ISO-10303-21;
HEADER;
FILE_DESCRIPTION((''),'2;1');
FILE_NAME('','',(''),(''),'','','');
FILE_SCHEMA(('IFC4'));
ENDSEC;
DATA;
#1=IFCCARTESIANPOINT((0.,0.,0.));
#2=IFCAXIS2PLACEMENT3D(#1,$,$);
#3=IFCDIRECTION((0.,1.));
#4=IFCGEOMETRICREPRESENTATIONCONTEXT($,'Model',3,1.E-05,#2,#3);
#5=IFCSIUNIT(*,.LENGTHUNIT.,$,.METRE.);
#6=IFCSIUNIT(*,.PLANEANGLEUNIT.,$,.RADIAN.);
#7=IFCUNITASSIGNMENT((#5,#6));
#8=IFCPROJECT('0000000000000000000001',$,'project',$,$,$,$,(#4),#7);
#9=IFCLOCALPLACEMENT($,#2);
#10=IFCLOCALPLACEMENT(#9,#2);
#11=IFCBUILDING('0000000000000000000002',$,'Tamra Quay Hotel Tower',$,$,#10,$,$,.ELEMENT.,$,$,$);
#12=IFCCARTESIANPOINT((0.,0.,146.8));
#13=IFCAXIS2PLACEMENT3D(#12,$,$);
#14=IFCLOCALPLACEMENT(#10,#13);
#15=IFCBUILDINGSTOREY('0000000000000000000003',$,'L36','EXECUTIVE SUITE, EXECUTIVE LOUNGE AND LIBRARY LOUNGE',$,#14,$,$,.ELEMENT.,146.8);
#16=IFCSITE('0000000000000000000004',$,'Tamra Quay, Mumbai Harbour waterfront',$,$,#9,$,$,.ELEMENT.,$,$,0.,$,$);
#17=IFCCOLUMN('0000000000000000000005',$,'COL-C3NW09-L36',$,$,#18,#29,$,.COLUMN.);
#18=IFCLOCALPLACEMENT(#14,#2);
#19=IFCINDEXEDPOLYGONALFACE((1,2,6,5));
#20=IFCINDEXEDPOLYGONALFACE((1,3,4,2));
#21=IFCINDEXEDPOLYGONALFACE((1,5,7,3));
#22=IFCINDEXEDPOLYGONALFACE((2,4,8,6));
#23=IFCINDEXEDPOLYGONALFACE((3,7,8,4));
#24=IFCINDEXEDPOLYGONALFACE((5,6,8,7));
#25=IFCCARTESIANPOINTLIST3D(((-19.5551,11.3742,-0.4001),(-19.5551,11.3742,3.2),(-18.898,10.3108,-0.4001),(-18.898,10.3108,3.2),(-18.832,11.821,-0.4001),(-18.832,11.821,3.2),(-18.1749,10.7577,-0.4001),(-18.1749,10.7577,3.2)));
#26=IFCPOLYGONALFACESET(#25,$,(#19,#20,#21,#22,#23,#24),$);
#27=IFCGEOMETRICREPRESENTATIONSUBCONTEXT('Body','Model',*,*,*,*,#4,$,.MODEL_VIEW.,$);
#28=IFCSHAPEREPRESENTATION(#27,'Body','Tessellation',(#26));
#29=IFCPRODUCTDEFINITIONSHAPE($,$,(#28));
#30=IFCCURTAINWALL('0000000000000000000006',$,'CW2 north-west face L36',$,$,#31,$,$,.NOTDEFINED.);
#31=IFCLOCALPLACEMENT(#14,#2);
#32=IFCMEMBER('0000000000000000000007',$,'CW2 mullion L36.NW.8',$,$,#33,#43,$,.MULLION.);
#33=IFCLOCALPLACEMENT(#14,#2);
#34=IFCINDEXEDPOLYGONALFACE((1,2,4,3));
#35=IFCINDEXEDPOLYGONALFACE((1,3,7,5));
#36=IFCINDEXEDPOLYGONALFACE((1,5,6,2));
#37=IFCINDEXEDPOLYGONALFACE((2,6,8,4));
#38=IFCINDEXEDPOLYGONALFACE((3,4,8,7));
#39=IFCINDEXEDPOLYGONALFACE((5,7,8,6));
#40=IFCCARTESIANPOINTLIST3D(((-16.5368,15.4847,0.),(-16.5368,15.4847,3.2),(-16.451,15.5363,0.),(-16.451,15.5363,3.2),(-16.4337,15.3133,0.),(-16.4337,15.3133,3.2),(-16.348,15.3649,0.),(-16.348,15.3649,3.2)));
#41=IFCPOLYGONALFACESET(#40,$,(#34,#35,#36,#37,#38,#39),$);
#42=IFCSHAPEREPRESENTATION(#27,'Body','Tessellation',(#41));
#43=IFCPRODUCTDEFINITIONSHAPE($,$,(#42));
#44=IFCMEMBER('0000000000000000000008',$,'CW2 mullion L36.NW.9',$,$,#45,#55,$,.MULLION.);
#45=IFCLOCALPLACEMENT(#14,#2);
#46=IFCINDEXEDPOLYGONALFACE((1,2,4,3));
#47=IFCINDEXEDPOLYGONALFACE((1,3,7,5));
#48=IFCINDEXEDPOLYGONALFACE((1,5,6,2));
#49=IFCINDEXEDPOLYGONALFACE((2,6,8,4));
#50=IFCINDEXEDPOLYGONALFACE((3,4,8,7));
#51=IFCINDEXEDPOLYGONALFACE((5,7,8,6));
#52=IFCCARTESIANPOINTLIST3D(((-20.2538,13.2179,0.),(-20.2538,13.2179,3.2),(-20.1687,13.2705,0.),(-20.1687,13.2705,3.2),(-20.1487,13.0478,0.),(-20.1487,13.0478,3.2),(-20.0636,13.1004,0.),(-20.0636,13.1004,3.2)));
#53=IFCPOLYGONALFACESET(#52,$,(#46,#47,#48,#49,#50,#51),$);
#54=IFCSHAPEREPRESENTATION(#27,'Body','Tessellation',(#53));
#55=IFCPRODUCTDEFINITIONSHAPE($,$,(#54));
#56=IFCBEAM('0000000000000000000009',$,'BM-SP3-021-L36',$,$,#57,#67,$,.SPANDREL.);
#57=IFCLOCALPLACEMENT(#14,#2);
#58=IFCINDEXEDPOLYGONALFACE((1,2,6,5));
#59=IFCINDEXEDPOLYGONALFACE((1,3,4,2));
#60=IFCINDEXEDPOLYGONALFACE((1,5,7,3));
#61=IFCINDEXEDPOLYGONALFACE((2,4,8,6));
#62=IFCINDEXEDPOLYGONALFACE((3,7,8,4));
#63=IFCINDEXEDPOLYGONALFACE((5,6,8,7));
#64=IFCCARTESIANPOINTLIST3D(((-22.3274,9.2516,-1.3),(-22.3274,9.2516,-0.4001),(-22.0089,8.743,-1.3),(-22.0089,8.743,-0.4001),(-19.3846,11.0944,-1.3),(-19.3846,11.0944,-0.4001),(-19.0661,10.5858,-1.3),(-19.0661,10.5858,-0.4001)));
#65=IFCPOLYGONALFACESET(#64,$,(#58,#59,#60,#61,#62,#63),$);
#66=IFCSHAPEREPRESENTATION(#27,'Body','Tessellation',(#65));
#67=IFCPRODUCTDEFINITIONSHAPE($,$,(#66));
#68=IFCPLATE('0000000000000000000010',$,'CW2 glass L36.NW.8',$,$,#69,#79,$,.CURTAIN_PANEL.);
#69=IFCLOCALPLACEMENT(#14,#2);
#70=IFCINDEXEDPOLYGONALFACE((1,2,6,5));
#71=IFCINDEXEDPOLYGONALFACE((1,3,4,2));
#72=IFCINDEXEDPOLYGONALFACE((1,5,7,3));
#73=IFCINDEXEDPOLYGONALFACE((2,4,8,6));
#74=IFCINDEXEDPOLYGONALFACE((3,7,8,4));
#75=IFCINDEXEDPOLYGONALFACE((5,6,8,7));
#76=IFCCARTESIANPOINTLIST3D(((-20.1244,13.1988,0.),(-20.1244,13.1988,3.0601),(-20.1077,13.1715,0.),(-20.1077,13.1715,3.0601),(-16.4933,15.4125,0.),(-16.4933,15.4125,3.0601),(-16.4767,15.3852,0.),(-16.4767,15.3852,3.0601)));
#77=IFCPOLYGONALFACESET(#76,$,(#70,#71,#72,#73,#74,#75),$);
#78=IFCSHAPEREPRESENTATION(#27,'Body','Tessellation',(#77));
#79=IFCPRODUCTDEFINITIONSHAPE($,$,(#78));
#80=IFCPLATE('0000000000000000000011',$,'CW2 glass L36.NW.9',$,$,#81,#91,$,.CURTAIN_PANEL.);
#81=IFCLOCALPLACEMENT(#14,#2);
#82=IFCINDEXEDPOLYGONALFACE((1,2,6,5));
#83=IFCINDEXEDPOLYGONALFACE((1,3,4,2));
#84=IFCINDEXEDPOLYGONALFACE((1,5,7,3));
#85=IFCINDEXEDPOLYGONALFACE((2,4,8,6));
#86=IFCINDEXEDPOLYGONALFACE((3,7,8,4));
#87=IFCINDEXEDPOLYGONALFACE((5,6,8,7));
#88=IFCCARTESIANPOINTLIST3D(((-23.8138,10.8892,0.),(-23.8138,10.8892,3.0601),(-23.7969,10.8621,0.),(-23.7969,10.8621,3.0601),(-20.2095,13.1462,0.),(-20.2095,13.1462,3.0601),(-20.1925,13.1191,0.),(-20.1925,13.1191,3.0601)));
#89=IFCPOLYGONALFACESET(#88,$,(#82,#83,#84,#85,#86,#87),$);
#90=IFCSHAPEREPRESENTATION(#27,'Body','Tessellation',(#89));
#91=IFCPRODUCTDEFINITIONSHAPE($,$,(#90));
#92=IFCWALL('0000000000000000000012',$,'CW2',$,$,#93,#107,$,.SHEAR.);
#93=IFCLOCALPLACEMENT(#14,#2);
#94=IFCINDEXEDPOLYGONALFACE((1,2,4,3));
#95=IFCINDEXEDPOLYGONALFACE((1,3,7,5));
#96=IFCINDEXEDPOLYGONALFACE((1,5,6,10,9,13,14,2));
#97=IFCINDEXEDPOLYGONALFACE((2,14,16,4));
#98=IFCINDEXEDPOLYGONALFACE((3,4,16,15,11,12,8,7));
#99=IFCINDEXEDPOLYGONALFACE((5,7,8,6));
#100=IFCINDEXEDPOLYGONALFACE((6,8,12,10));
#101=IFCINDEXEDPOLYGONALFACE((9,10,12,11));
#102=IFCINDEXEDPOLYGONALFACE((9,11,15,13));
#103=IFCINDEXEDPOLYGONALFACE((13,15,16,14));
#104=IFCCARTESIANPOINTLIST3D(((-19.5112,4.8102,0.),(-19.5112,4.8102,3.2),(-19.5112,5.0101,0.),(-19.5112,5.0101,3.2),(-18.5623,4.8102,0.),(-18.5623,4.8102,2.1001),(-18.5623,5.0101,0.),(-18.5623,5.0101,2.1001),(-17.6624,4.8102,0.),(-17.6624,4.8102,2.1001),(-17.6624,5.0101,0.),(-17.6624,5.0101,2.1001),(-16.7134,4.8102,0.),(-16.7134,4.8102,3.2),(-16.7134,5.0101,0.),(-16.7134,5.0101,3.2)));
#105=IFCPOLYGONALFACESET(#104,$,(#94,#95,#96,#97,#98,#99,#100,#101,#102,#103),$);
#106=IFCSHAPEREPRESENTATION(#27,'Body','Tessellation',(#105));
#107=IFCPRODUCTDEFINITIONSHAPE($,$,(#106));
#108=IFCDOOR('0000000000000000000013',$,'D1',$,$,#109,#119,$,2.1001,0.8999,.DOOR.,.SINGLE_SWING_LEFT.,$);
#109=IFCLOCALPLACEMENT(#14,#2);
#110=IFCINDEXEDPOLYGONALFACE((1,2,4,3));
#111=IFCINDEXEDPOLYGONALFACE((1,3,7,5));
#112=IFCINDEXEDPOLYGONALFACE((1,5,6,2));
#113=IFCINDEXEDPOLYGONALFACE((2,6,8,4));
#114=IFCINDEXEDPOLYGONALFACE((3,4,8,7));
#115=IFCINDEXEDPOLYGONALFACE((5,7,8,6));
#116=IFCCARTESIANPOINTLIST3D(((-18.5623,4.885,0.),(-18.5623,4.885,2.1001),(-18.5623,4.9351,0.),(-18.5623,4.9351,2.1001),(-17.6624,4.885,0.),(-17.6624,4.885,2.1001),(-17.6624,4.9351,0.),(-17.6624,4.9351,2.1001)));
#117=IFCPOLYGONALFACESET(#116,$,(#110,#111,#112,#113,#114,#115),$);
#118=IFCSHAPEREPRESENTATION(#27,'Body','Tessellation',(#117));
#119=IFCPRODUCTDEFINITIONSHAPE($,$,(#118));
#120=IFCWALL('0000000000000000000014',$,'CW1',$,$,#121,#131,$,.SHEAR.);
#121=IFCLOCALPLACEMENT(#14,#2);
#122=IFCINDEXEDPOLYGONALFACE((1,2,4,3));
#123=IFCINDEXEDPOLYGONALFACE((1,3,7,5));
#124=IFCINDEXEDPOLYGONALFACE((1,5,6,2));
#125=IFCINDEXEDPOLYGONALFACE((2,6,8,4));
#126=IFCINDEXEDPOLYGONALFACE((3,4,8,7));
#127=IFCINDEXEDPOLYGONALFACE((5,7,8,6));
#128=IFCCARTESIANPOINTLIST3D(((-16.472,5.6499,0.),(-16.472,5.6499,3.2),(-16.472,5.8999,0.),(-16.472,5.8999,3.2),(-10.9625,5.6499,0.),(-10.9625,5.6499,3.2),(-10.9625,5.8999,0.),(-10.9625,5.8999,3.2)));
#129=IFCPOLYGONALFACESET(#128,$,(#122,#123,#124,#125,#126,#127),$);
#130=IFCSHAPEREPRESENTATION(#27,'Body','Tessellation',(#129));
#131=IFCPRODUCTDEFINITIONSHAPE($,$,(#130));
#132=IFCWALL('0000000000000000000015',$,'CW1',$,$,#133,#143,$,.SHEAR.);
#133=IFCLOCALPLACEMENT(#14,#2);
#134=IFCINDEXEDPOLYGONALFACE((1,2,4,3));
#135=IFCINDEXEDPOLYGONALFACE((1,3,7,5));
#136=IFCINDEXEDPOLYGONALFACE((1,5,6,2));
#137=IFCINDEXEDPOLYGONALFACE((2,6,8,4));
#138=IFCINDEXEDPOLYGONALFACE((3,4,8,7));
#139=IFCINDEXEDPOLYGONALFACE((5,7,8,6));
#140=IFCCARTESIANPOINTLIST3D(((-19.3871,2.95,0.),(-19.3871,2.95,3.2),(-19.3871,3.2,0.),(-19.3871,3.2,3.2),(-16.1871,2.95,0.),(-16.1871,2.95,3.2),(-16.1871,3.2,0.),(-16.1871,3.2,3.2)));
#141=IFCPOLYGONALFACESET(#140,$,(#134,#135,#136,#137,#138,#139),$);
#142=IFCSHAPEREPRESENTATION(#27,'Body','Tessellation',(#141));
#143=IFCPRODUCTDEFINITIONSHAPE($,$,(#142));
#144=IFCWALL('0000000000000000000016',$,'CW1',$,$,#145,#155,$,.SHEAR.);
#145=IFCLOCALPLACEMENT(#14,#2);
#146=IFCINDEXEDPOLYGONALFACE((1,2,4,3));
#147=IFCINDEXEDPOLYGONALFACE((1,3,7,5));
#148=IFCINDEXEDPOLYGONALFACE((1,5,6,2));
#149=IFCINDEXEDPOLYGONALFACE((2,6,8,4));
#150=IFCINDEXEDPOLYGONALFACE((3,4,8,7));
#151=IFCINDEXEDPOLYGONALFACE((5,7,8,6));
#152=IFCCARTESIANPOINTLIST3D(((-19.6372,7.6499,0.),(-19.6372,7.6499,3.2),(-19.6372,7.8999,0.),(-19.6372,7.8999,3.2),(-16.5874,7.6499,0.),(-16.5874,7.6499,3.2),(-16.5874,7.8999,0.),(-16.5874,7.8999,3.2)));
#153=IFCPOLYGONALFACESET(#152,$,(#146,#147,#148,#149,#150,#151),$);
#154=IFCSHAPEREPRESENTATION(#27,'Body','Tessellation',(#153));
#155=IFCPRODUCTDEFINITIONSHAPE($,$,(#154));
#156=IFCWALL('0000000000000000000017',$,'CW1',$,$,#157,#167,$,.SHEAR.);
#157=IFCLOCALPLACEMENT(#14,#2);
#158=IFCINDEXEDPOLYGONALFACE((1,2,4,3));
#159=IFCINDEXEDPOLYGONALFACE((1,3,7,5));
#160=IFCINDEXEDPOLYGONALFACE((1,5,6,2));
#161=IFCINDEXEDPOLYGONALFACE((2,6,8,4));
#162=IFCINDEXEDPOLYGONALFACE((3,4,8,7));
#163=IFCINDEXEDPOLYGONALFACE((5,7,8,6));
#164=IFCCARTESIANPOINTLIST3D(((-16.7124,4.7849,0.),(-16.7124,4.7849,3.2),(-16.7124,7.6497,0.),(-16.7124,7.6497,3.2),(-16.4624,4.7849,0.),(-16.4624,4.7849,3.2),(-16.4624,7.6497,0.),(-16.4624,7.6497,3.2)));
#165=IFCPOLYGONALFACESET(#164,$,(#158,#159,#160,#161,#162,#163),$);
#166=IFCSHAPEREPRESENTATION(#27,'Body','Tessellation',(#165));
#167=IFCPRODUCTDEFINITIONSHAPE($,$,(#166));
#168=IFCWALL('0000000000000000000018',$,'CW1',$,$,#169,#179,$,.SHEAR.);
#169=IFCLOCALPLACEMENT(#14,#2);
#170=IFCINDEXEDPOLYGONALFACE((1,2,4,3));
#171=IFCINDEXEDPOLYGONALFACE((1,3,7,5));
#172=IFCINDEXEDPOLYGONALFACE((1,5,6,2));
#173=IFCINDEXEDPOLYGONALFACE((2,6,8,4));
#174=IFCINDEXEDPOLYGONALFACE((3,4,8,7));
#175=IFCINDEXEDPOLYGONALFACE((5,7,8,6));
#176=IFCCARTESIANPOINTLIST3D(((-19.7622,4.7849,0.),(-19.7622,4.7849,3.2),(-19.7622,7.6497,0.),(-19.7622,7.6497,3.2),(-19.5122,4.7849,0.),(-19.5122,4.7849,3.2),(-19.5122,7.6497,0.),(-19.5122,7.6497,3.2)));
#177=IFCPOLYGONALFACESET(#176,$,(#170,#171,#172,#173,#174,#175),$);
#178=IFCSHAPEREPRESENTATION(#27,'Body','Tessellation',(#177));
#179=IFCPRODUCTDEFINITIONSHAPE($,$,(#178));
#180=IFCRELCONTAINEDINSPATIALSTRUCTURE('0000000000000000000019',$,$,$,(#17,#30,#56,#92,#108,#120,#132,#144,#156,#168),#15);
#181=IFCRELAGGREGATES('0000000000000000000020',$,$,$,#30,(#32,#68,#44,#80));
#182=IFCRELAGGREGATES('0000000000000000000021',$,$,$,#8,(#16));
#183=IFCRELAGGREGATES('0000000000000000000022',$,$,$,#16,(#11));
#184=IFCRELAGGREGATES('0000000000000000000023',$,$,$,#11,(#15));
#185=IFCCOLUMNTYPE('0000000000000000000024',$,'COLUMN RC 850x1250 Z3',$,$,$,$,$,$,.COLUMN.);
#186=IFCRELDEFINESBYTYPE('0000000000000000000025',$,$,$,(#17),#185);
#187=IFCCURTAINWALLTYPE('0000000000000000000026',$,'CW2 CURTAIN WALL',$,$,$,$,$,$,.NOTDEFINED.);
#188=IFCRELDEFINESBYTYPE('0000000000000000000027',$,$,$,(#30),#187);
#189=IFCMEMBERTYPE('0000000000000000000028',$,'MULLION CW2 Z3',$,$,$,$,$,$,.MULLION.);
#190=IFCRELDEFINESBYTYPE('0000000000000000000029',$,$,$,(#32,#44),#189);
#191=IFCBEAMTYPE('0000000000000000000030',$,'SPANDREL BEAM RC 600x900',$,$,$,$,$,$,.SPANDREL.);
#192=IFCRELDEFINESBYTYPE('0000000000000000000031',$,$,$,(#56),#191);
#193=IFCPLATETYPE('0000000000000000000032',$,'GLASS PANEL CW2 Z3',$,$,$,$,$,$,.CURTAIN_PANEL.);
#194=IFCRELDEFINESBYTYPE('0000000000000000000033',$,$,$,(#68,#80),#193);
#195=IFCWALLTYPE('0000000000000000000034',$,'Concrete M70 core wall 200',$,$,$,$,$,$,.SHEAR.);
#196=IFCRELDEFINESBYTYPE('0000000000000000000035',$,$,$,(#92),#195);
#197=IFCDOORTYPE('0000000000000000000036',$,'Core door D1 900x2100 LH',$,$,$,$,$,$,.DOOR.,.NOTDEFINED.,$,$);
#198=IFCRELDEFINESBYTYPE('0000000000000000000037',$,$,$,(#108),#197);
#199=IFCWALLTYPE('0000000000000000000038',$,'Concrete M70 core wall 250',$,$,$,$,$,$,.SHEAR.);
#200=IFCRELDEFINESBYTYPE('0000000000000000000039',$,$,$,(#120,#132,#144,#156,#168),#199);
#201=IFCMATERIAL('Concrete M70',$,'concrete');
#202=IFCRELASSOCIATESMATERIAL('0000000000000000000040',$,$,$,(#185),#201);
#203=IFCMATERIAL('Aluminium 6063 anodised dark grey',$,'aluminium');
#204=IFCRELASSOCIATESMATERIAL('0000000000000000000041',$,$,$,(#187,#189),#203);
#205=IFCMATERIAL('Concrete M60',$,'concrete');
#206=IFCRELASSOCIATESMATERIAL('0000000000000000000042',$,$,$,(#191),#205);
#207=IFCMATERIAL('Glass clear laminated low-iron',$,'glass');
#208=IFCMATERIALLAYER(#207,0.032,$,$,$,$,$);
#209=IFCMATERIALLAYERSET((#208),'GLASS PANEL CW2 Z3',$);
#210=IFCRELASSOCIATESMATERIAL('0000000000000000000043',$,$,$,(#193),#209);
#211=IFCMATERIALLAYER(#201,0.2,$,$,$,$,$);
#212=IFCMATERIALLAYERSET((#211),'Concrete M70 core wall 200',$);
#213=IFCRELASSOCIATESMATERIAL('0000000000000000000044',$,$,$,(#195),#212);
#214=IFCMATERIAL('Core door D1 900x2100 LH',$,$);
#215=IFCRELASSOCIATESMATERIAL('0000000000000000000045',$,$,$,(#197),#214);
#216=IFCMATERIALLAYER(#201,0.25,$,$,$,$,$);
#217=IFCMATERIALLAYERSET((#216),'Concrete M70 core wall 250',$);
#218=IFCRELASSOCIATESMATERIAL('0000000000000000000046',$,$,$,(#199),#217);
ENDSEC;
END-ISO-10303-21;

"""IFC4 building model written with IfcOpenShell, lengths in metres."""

from ifc_helpers import new_model, si_unit, direction, frame, frame_2d, origin, origin_2d, place, context, subcontext, project, spatial, rectangle, extrude, material, layer, layer_set, material_profile, profile_set, type_object, element, fill, aggregate, save


model = new_model("IFC4")

# Units and contexts
model_context = context("Model", 3, precision=1e-05, world=origin(), true_north=direction((0.0, 1.0)))
body_context = subcontext(model_context, "Body", "Model", "MODEL_VIEW")
ifc_project = project(units=[si_unit("LENGTHUNIT", "METRE"), si_unit("PLANEANGLEUNIT", "RADIAN")], contexts=[model_context])

# Site, building, storey
site_placement = place(None, origin())
site = spatial("IfcSite", under=ifc_project, at=site_placement, Name="Tamra Quay, Mumbai Harbour waterfront", CompositionType="ELEMENT", RefElevation=0.0)
building_placement = place(site_placement, origin())
building = spatial("IfcBuilding", under=site, at=building_placement, Name="Tamra Quay Hotel Tower", CompositionType="ELEMENT")
storey_placement = place(building_placement, frame((0.0, 0.0, 146.8)))
storey = spatial("IfcBuildingStorey", under=building, at=storey_placement, Name="L36", Description="EXECUTIVE SUITE, EXECUTIVE LOUNGE AND LIBRARY LOUNGE", CompositionType="ELEMENT", Elevation=146.8)

# Column
ifc_material_1 = material(Name="Concrete M70", Category="concrete")
ifc_material_profile_1 = material_profile(ifc_material_1, rectangle(XDim=1.25, YDim=0.8501, at=origin_2d()), Name="COLUMN RC 850x1250 Z3")
ifc_profile_set_1 = profile_set([ifc_material_profile_1], Name="Concrete M70")
column_type = type_object("IfcColumnType", Name="COLUMN RC 850x1250 Z3", PredefinedType="COLUMN", material=ifc_profile_set_1)
column_placement = place(storey_placement, frame((-18.865, 11.0659, -0.4001), z_axis=(0.0, 0.0, 1.0), x_axis=(-0.525677, 0.850685, 0.0)))
element("IfcColumn", 1, at=column_placement, inside=storey, type_object=column_type, Name="COL-C3NW09-L36", PredefinedType="COLUMN", context=body_context, shape_type="SweptSolid", body=[
    extrude(rectangle(XDim=1.25, YDim=0.8501, at=origin_2d()), origin(), (0.0, 0.0, 1.0), 3.6001),
])

# Curtain wall, members
ifc_material_2 = material(Name="Aluminium 6063 anodised dark grey", Category="aluminium")
curtain_wall_type = type_object("IfcCurtainWallType", Name="CW2 CURTAIN WALL", PredefinedType="NOTDEFINED", material=ifc_material_2)
curtain_wall_placement = place(storey_placement, origin())
curtain_wall = element("IfcCurtainWall", 2, at=curtain_wall_placement, inside=storey, type_object=curtain_wall_type, Name="CW2 north-west face L36", PredefinedType="NOTDEFINED")
ifc_material_profile_2 = material_profile(ifc_material_2, rectangle(XDim=0.2, YDim=0.1001, at=origin_2d()), Name="MULLION 100X200")
ifc_profile_set_2 = profile_set([ifc_material_profile_2], Name="Aluminium 6063 anodised dark grey")
member_type = type_object("IfcMemberType", Name="MULLION CW2 Z3", PredefinedType="MULLION", material=ifc_profile_set_2)
member_1_placement = place(storey_placement, frame((-16.4424, 15.4248, 0.0), z_axis=(0.0, 0.0, 1.0), x_axis=(-0.515445, 0.856923, 0.0)))
member_1 = element("IfcMember", 3, at=member_1_placement, type_object=member_type, Name="CW2 mullion L36.NW.8", PredefinedType="MULLION", context=body_context, shape_type="SweptSolid", body=[
    extrude(rectangle(XDim=0.2, YDim=0.1001, at=origin_2d()), origin(), (0.0, 0.0, 1.0), 3.2),
])
member_2_placement = place(storey_placement, frame((-20.1587, 13.1592, 0.0), z_axis=(0.0, 0.0, 1.0), x_axis=(-0.525646, 0.850703, 0.0)))
member_2 = element("IfcMember", 4, at=member_2_placement, type_object=member_type, Name="CW2 mullion L36.NW.9", PredefinedType="MULLION", context=body_context, shape_type="SweptSolid", body=[
    extrude(rectangle(XDim=0.2, YDim=0.1001, at=origin_2d()), origin(), (0.0, 0.0, 1.0), 3.2),
])

# Beam
ifc_material_3 = material(Name="Concrete M60", Category="concrete")
ifc_material_profile_3 = material_profile(ifc_material_3, rectangle(XDim=0.6001, YDim=0.8999, at=origin_2d()), Name="SPANDREL BEAM RC 600x900")
ifc_profile_set_3 = profile_set([ifc_material_profile_3], Name="Concrete M60")
beam_type = type_object("IfcBeamType", Name="SPANDREL BEAM RC 600x900", PredefinedType="SPANDREL", material=ifc_profile_set_3)
beam_placement = place(storey_placement, frame((-19.2253, 10.8401, -0.8501), z_axis=(-0.847548, -0.530719, 0.0), x_axis=(0.530719, -0.847548, 0.0)))
element("IfcBeam", 5, at=beam_placement, inside=storey, type_object=beam_type, Name="BM-SP3-021-L36", PredefinedType="SPANDREL", context=body_context, shape_type="SweptSolid", body=[
    extrude(rectangle(XDim=0.6001, YDim=0.8999, at=origin_2d()), origin(), (0.0, 0.0, 1.0), 3.4722),
])

# Plates
ifc_material_4 = material(Name="Glass clear laminated low-iron", Category="glass")
ifc_layer_1 = layer(ifc_material_4, 0.032)
ifc_layer_set_1 = layer_set([ifc_layer_1], Name="GLASS PANEL CW2 Z3")
plate_type = type_object("IfcPlateType", Name="GLASS PANEL CW2 Z3", PredefinedType="CURTAIN_PANEL", material=ifc_layer_set_1)
plate_1_placement = place(storey_placement, frame((-18.3005, 14.292, 0.0), z_axis=(0.0, 0.0, 1.0), x_axis=(-0.85383, -0.520552, 0.0)))
plate_1 = element("IfcPlate", 6, at=plate_1_placement, type_object=plate_type, Name="CW2 glass L36.NW.8", PredefinedType="CURTAIN_PANEL", context=body_context, shape_type="SweptSolid", body=[
    extrude(rectangle(XDim=4.2527, YDim=0.032, at=origin_2d()), origin(), (0.0, 0.0, 1.0), 3.0601),
])
plate_2_placement = place(storey_placement, frame((-22.0032, 12.0042, 0.0), z_axis=(0.0, 0.0, 1.0), x_axis=(-0.847546, -0.530722, 0.0)))
plate_2 = element("IfcPlate", 7, at=plate_2_placement, type_object=plate_type, Name="CW2 glass L36.NW.9", PredefinedType="CURTAIN_PANEL", context=body_context, shape_type="SweptSolid", body=[
    extrude(rectangle(XDim=4.2527, YDim=0.032, at=origin_2d()), origin(), (0.0, 0.0, 1.0), 3.0601),
])
aggregate(curtain_wall, [member_1, plate_1, member_2, plate_2])

# Wall, opening, door
ifc_layer_2 = layer(ifc_material_1, 0.2)
ifc_layer_set_2 = layer_set([ifc_layer_2], Name="Concrete M70 core wall 200")
wall_type_1 = type_object("IfcWallType", Name="Concrete M70 core wall 200", PredefinedType="SHEAR", material=ifc_layer_set_2)
wall_1_placement = place(storey_placement, frame((-19.5112, 4.9102, 0.0), z_axis=(0.0, 0.0, 1.0), x_axis=(1.0, 0.0, 0.0)))
wall_1 = element("IfcWall", 8, at=wall_1_placement, inside=storey, type_object=wall_type_1, Name="CW2", PredefinedType="SHEAR", context=body_context, shape_type="SweptSolid", body=[
    extrude(rectangle(XDim=2.7979, YDim=0.2, at=frame_2d((1.3989, 0.0))), origin(), (0.0, 0.0, 1.0), 3.2),
])
opening_1_placement = place(wall_1_placement, frame((0.949, 0.0, 0.0)))
opening_1 = element("IfcOpeningElement", 9, at=opening_1_placement, cuts=wall_1, PredefinedType="OPENING", context=body_context, shape_type="SweptSolid", body=[
    extrude(rectangle(XDim=0.8999, YDim=2.1001, at=frame_2d((0.45, 1.05))), frame((0.0, 0.1099, 0.0), z_axis=(0.0, -1.0, 0.0), x_axis=(1.0, 0.0, 0.0)), (0.0, 0.0, 1.0), 0.22),
])
ifc_material_5 = material(Name="Core door D1 900x2100 LH")
door_type_1 = type_object("IfcDoorType", Name="Core door D1 900x2100 LH", OperationType="NOTDEFINED", PredefinedType="DOOR", material=ifc_material_5)
door_1_placement = place(opening_1_placement, origin())
door_1 = element("IfcDoor", 10, at=door_1_placement, inside=storey, type_object=door_type_1, Name="D1", OperationType="SINGLE_SWING_LEFT", OverallHeight=2.1001, OverallWidth=0.8999, PredefinedType="DOOR", context=body_context, shape_type="SweptSolid", body=[
    extrude(rectangle(XDim=0.8999, YDim=2.1001, at=frame_2d((0.45, 1.05))), frame((0.0, 0.0249, 0.0), z_axis=(0.0, -1.0, 0.0), x_axis=(1.0, 0.0, 0.0)), (0.0, 0.0, 1.0), 0.05),
])
fill(opening_1, door_1)

# Walls
ifc_layer_3 = layer(ifc_material_1, 0.25)
ifc_layer_set_3 = layer_set([ifc_layer_3], Name="Concrete M70 core wall 250")
wall_type_2 = type_object("IfcWallType", Name="Concrete M70 core wall 250", PredefinedType="SHEAR", material=ifc_layer_set_3)
wall_2_placement = place(storey_placement, frame((-16.4722, 5.7749, 0.0), z_axis=(0.0, 0.0, 1.0), x_axis=(1.0, 0.0, 0.0)))
element("IfcWall", 11, at=wall_2_placement, inside=storey, type_object=wall_type_2, Name="CW1", PredefinedType="SHEAR", context=body_context, shape_type="SweptSolid", body=[
    extrude(rectangle(XDim=5.5095, YDim=0.25, at=frame_2d((2.7549, 0.0))), origin(), (0.0, 0.0, 1.0), 3.2),
])
wall_3_placement = place(storey_placement, frame((-19.3872, 3.075, 0.0), z_axis=(0.0, 0.0, 1.0), x_axis=(1.0, 0.0, 0.0)))
element("IfcWall", 12, at=wall_3_placement, inside=storey, type_object=wall_type_2, Name="CW1", PredefinedType="SHEAR", context=body_context, shape_type="SweptSolid", body=[
    extrude(rectangle(XDim=3.2, YDim=0.25, at=frame_2d((1.6001, 0.0))), origin(), (0.0, 0.0, 1.0), 3.2),
])
wall_4_placement = place(storey_placement, frame((-19.6372, 7.7749, 0.0), z_axis=(0.0, 0.0, 1.0), x_axis=(1.0, 0.0, 0.0)))
element("IfcWall", 13, at=wall_4_placement, inside=storey, type_object=wall_type_2, Name="CW1", PredefinedType="SHEAR", context=body_context, shape_type="SweptSolid", body=[
    extrude(rectangle(XDim=3.0498, YDim=0.25, at=frame_2d((1.5249, 0.0))), origin(), (0.0, 0.0, 1.0), 3.2),
])
for number, where, z_axis, x_axis, name in (
    (14, (-16.5874, 7.6497, 0.0), (0.0, 0.0, 1.0), (0.0, -1.0, 0.0), "CW1"),
    (15, (-19.6372, 4.7849, 0.0), (0.0, 0.0, 1.0), (0.0, 1.0, 0.0), "CW1"),
):
    element("IfcWall", number, at=place(storey_placement, frame(where, z_axis=z_axis, x_axis=x_axis)), inside=storey, type_object=wall_type_2, Name=name, PredefinedType="SHEAR", context=body_context, shape_type="SweptSolid", body=[
        extrude(rectangle(XDim=2.8647, YDim=0.25, at=frame_2d((1.4324, 0.0))), origin(), (0.0, 0.0, 1.0), 3.2),
    ])

save(model, "model.ifc")
